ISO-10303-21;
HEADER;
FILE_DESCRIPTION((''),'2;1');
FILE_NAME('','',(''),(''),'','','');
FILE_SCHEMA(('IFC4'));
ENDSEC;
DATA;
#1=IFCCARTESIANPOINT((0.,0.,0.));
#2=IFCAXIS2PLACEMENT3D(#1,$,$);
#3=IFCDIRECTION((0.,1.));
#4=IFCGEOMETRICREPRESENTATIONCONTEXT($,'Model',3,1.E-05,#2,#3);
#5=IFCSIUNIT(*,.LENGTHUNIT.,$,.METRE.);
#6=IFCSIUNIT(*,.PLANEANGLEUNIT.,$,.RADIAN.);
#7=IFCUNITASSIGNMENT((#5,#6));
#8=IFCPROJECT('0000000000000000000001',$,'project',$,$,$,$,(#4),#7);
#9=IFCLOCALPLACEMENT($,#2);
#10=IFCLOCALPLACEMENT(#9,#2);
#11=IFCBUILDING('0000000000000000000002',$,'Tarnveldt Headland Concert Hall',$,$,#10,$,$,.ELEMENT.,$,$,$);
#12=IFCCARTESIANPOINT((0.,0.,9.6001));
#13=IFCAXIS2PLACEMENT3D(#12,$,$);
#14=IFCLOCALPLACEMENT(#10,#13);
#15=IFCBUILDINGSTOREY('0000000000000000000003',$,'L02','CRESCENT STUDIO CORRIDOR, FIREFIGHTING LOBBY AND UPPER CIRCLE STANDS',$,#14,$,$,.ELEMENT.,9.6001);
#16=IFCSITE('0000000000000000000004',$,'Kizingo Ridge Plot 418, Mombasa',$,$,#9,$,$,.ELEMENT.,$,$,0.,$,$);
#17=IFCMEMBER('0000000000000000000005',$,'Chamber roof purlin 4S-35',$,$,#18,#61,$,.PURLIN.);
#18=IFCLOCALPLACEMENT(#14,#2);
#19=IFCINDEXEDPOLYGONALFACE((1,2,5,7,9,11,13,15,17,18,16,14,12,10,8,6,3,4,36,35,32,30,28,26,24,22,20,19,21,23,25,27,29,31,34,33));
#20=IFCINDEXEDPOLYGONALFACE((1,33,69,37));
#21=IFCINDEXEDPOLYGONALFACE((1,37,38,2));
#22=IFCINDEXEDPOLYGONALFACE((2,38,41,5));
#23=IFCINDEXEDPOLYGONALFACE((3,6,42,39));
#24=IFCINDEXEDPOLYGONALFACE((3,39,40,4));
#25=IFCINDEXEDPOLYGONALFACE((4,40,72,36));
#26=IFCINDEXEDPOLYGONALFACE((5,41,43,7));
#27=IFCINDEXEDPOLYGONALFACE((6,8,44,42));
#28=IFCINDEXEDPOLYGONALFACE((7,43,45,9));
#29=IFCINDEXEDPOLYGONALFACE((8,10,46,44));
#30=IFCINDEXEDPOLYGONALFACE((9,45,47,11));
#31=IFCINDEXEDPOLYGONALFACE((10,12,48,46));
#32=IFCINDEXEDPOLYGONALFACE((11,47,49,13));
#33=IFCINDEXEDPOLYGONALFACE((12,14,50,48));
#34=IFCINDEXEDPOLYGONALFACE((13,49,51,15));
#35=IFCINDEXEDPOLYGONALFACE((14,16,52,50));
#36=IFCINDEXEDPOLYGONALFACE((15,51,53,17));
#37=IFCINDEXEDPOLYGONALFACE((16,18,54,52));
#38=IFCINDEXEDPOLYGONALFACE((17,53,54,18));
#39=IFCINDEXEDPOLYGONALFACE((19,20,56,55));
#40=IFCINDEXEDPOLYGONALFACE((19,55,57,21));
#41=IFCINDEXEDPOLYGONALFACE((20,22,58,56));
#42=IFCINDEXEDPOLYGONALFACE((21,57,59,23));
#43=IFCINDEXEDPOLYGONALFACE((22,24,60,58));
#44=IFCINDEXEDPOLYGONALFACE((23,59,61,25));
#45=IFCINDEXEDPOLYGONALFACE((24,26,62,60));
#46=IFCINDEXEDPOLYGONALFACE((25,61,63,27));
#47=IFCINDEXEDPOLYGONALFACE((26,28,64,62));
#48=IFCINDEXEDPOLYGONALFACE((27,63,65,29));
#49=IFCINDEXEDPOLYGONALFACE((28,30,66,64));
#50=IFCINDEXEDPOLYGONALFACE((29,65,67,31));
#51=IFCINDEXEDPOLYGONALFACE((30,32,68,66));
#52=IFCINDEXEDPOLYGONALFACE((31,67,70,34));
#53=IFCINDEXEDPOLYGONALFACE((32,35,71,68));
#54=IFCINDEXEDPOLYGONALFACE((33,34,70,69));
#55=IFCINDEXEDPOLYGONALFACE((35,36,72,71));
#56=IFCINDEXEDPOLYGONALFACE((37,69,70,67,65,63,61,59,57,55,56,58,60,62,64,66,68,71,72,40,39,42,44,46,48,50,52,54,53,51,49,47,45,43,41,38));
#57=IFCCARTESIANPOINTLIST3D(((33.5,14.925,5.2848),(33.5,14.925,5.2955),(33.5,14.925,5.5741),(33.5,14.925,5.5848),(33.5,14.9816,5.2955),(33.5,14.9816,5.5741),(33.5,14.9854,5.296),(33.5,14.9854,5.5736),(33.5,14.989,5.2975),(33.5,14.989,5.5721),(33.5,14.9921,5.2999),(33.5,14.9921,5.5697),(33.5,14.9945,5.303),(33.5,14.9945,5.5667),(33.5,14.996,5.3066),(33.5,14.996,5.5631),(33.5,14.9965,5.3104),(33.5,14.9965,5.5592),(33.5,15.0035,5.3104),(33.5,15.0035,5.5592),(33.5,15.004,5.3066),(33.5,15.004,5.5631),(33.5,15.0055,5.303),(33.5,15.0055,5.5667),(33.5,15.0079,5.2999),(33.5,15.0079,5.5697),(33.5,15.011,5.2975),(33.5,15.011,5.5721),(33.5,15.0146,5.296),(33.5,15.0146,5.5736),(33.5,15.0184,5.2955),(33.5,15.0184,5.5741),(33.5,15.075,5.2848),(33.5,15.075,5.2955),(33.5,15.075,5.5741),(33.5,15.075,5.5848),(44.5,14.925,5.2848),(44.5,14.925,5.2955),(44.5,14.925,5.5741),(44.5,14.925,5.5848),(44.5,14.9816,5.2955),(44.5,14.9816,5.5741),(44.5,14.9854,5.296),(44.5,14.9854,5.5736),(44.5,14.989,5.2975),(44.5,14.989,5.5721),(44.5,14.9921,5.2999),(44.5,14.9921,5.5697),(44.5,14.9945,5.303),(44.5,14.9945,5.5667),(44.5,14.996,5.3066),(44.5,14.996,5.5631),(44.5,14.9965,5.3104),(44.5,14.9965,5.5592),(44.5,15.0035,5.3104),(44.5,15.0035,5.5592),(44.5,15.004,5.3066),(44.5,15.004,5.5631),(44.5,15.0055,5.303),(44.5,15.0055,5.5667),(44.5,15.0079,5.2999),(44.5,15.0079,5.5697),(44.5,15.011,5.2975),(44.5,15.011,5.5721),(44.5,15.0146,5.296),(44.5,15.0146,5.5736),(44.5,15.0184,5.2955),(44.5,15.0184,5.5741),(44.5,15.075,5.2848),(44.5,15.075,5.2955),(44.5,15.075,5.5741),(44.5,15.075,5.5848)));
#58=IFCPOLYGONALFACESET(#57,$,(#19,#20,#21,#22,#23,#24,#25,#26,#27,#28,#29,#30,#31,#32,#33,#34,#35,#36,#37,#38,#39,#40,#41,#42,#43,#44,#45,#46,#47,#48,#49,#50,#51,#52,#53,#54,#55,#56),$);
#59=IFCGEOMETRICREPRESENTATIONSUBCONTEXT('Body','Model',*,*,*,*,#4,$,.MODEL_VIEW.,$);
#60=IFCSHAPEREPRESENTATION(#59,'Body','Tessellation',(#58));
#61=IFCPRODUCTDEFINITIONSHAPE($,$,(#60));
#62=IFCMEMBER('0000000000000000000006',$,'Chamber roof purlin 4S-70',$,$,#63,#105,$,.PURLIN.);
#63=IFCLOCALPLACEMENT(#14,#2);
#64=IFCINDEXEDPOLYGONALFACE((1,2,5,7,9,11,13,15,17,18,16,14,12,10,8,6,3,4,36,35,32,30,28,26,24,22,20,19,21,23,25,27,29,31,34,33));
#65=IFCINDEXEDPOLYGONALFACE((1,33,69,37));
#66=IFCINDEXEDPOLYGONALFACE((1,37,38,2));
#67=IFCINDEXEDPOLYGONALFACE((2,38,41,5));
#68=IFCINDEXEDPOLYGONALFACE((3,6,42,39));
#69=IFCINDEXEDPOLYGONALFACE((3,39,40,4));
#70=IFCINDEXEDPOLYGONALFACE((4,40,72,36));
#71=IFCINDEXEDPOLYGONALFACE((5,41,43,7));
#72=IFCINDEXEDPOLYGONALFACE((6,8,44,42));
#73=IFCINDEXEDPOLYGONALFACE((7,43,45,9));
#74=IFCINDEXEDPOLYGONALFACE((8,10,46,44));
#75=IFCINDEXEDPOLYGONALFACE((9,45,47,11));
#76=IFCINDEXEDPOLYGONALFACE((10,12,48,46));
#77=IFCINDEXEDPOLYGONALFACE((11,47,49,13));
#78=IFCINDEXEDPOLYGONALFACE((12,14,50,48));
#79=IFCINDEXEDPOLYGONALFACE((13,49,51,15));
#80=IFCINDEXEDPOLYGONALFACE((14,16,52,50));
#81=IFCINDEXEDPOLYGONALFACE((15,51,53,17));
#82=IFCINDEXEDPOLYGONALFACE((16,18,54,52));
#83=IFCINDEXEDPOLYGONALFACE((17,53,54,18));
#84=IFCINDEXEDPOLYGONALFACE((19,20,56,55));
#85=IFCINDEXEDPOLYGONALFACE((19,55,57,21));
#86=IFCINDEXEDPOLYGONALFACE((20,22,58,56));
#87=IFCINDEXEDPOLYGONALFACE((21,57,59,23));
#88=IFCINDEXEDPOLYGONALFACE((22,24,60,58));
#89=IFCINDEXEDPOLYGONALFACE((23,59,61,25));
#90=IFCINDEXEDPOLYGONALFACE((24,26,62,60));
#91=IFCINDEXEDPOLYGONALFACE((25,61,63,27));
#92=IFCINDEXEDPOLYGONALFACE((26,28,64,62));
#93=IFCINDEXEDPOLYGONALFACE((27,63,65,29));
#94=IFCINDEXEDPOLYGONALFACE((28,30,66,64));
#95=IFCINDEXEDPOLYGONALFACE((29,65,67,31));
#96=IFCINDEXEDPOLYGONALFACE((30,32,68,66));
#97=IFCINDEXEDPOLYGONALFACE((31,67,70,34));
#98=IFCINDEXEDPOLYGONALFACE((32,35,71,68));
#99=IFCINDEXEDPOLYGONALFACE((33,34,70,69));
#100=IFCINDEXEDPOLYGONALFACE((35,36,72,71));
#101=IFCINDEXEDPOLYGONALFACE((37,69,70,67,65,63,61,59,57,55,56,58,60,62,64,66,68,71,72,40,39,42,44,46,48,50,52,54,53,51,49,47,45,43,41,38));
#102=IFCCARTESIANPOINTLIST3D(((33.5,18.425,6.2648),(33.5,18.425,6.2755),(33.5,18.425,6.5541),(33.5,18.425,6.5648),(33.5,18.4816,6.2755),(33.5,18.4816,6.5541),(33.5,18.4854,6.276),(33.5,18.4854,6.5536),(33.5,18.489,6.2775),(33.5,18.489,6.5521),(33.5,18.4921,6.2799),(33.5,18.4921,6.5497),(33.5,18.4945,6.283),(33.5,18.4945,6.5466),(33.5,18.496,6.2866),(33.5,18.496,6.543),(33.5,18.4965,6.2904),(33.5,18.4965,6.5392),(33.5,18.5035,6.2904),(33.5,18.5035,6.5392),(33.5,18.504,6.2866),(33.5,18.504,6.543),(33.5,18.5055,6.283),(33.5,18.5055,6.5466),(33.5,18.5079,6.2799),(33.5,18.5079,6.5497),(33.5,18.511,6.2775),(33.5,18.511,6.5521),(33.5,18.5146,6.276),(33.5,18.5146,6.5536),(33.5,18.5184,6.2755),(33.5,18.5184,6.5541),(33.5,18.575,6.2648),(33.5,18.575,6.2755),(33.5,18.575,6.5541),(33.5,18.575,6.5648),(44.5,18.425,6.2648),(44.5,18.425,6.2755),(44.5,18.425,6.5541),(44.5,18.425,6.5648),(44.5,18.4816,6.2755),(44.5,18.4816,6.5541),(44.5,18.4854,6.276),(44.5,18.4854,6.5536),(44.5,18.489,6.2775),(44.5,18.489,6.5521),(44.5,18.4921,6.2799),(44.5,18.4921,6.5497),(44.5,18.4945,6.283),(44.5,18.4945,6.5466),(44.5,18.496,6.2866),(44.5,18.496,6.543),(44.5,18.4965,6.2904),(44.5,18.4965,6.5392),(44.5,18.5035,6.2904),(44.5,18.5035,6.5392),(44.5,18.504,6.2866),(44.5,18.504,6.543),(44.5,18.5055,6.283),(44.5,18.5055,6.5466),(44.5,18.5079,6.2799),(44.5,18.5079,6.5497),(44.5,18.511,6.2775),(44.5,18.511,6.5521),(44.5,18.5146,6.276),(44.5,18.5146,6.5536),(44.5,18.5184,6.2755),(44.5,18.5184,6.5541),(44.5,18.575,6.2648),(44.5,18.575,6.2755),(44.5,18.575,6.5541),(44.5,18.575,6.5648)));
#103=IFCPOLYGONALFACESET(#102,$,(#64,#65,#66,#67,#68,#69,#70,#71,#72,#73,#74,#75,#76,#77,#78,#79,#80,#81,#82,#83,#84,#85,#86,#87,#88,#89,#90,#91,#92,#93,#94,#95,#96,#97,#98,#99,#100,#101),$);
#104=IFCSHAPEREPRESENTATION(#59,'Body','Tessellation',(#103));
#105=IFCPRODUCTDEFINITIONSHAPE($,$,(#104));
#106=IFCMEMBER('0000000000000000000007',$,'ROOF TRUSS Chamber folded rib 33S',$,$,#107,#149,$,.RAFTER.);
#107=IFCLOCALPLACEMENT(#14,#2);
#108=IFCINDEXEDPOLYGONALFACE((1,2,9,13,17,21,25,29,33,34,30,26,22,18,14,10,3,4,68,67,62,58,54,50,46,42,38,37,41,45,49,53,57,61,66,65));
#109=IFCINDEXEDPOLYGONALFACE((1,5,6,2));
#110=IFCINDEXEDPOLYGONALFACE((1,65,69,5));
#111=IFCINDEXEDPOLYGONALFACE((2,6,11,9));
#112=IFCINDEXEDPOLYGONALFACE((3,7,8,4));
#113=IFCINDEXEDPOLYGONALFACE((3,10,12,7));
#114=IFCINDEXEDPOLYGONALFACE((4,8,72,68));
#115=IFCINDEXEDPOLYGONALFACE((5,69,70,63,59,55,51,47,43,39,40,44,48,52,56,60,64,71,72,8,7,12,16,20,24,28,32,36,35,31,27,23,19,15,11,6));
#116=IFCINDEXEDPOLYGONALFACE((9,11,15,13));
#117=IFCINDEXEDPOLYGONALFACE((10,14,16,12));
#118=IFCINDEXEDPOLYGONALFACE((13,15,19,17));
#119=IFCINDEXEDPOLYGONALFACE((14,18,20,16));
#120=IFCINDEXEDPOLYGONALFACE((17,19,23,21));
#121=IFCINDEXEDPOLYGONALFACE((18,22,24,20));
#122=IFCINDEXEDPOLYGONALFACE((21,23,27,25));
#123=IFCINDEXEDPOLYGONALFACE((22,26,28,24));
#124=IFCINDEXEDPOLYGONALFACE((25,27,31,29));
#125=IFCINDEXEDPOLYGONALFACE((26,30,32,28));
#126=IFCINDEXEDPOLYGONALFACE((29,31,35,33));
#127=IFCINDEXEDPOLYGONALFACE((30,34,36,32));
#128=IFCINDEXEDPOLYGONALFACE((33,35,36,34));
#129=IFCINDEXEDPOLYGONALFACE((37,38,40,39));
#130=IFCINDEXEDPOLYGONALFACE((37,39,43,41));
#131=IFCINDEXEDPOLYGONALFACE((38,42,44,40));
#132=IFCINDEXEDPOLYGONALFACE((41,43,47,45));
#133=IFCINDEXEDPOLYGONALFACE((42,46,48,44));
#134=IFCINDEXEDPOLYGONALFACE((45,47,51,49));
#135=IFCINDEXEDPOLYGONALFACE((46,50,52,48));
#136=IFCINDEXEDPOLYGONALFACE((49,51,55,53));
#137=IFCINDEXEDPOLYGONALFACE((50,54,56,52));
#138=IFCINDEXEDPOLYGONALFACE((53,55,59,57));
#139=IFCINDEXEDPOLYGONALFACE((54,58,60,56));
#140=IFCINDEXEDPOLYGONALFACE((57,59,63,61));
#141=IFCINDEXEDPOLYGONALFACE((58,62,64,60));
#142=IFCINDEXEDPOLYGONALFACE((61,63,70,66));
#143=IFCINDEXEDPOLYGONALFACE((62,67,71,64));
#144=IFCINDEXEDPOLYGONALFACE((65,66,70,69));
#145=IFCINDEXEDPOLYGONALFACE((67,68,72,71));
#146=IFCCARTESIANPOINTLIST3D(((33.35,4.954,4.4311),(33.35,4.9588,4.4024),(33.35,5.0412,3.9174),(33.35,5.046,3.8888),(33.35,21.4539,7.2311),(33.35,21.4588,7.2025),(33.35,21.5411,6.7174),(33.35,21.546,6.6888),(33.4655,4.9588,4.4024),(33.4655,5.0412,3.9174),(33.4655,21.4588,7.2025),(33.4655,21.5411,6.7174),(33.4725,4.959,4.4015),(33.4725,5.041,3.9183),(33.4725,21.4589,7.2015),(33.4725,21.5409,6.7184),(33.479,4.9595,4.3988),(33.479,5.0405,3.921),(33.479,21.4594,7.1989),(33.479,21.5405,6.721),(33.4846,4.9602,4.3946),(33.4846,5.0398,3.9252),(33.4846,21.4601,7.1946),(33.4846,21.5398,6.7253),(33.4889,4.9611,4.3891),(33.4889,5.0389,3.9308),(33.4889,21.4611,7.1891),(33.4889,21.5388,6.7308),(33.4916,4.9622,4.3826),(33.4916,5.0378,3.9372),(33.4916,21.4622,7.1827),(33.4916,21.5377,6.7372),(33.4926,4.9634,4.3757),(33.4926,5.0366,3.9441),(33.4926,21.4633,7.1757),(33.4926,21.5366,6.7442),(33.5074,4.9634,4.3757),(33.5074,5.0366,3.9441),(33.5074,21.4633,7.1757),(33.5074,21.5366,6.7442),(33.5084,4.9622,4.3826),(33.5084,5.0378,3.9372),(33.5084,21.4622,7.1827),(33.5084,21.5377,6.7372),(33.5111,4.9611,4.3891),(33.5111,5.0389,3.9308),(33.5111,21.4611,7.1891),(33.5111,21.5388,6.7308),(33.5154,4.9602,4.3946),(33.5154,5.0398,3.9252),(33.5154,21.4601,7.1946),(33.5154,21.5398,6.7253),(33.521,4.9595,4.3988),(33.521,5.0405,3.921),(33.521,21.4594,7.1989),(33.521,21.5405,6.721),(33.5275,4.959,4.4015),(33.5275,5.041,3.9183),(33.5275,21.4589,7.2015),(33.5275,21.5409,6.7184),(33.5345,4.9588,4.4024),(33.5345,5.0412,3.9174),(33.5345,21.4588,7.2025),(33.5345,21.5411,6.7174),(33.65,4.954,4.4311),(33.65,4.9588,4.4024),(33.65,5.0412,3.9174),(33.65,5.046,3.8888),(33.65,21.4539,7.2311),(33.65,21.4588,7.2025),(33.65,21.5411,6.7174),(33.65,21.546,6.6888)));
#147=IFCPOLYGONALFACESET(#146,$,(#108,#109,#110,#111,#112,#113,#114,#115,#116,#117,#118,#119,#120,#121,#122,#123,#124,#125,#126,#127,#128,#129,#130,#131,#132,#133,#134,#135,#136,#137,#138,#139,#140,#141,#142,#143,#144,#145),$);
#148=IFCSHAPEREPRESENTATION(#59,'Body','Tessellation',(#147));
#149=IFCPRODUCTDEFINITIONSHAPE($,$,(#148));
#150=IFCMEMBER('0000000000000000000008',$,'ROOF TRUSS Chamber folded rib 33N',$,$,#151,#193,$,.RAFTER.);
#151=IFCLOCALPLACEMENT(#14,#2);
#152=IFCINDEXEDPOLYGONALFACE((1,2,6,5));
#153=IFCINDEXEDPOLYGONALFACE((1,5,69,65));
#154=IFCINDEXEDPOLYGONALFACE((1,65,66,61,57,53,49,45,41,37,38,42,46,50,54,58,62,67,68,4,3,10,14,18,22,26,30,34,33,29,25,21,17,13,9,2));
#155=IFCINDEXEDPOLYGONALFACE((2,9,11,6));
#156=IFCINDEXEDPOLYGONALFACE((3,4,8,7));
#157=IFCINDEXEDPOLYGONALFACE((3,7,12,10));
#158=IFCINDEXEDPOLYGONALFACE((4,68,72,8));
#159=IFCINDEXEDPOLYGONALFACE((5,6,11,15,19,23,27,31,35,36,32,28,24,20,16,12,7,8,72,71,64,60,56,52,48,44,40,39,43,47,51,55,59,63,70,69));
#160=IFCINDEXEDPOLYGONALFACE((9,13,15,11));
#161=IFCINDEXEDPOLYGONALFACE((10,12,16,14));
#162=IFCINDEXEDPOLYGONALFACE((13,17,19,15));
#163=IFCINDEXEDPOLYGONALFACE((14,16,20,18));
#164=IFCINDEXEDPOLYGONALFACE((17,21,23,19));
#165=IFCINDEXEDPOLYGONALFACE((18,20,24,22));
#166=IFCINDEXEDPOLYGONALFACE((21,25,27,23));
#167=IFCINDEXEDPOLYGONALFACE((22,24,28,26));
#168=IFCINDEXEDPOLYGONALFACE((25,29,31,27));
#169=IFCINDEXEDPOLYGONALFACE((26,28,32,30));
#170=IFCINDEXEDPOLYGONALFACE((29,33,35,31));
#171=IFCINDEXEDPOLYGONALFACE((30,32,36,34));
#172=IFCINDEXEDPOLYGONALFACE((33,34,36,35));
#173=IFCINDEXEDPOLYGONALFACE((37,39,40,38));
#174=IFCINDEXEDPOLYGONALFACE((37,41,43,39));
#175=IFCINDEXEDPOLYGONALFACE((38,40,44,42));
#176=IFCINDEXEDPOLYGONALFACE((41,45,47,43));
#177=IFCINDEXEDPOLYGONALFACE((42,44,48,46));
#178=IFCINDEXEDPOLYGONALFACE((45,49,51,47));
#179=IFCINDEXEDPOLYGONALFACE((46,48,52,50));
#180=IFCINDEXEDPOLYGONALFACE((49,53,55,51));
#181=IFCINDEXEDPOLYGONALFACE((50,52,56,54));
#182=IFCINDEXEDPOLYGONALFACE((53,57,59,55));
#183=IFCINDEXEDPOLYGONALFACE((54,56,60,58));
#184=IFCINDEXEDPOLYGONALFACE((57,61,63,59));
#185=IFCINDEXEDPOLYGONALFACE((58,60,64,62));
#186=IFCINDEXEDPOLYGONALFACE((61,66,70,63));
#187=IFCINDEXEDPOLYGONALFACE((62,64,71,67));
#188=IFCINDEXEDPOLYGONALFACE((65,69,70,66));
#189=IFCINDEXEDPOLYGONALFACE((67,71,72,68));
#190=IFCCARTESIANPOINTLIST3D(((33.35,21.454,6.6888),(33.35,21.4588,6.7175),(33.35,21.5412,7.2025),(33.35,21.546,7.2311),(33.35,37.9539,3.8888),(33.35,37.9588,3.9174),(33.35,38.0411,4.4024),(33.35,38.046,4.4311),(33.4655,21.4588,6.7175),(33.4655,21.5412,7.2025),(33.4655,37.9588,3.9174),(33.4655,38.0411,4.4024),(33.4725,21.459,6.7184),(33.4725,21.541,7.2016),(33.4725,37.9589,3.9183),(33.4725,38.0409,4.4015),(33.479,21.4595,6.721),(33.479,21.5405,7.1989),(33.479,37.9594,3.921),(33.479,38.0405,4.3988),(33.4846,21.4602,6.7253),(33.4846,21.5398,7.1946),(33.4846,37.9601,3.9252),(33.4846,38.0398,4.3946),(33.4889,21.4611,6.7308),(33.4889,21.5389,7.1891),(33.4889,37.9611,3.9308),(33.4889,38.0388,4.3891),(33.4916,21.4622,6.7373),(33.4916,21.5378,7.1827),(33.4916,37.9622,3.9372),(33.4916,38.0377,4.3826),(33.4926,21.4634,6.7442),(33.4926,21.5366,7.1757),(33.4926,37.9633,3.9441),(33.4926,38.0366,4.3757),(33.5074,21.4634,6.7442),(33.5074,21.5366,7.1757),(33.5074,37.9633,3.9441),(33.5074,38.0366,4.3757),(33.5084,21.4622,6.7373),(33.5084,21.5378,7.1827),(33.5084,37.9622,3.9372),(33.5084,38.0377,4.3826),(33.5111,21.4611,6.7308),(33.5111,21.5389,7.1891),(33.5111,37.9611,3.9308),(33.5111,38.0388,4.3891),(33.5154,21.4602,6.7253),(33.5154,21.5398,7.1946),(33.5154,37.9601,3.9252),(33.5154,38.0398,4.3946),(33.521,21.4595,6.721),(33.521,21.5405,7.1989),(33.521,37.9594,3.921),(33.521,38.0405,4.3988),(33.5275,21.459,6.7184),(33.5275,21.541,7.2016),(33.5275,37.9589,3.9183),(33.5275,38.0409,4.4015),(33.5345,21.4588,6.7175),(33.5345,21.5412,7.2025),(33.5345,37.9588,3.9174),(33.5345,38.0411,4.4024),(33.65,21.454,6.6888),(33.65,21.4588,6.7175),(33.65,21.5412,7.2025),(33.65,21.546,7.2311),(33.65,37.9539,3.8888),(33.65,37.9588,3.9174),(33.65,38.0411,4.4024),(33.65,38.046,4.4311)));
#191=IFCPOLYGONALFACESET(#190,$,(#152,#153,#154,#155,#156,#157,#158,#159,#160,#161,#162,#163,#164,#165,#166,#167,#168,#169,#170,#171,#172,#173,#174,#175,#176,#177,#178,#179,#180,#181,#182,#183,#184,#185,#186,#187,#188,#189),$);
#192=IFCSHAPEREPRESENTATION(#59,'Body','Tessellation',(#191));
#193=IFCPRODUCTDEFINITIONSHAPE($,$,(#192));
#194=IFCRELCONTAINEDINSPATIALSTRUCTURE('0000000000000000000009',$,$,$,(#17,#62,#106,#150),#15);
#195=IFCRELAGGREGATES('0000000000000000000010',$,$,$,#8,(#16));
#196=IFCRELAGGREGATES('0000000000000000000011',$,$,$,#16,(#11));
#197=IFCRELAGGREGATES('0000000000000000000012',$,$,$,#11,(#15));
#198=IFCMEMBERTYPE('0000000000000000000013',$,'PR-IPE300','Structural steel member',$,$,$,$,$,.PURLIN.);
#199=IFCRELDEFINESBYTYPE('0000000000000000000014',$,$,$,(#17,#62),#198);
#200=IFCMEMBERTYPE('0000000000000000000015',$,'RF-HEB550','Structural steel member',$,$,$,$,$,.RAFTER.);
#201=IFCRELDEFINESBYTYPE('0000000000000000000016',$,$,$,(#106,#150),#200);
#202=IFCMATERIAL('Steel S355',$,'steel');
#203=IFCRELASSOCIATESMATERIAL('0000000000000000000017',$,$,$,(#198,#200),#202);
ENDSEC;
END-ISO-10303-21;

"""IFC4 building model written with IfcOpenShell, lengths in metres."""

from ifc_helpers import new_model, si_unit, direction, frame, origin, origin_2d, place, context, subcontext, project, spatial, i_section, extrude, material, material_profile, profile_set, type_object, element, save


model = new_model("IFC4")

# Units and contexts
model_context = context("Model", 3, precision=1e-05, world=origin(), true_north=direction((0.0, 1.0)))
body_context = subcontext(model_context, "Body", "Model", "MODEL_VIEW")
ifc_project = project(units=[si_unit("LENGTHUNIT", "METRE"), si_unit("PLANEANGLEUNIT", "RADIAN")], contexts=[model_context])

# Site, building, storey
site_placement = place(None, origin())
site = spatial("IfcSite", under=ifc_project, at=site_placement, Name="Kizingo Ridge Plot 418, Mombasa", CompositionType="ELEMENT", RefElevation=0.0)
building_placement = place(site_placement, origin())
building = spatial("IfcBuilding", under=site, at=building_placement, Name="Tarnveldt Headland Concert Hall", CompositionType="ELEMENT")
storey_placement = place(building_placement, frame((0.0, 0.0, 9.6001)))
storey = spatial("IfcBuildingStorey", under=building, at=storey_placement, Name="L02", Description="CRESCENT STUDIO CORRIDOR, FIREFIGHTING LOBBY AND UPPER CIRCLE STANDS", CompositionType="ELEMENT", Elevation=9.6001)

# Shared definitions
ifc_material_1 = material(Name="Steel S355", Category="steel")

# Members
ifc_material_profile_1 = material_profile(ifc_material_1, i_section(OverallWidth=0.1499, OverallDepth=0.3, WebThickness=0.0071, FlangeThickness=0.0107, FilletRadius=0.0149, at=origin_2d()), Name="IPE300", Category="steel")
ifc_profile_set_1 = profile_set([ifc_material_profile_1], Name="Steel S355")
member_type_1 = type_object("IfcMemberType", Name="PR-IPE300", Description="Structural steel member", PredefinedType="PURLIN", material=ifc_profile_set_1)
for number, where, z_axis, x_axis, name in (
    (1, (33.5, 15.0, 5.4348), (1.0, 0.0, 0.0), (0.0, 1.0, 0.0), "Chamber roof purlin 4S-35"),
    (2, (33.5, 18.5, 6.4148), (1.0, 0.0, 0.0), (0.0, 1.0, 0.0), "Chamber roof purlin 4S-70"),
):
    element("IfcMember", number, at=place(storey_placement, frame(where, z_axis=z_axis, x_axis=x_axis)), inside=storey, type_object=member_type_1, Name=name, PredefinedType="PURLIN", context=body_context, shape_type="SweptSolid", body=[
        extrude(i_section(OverallWidth=0.1499, OverallDepth=0.3, WebThickness=0.0071, FlangeThickness=0.0107, FilletRadius=0.0149, at=origin_2d()), origin(), (0.0, 0.0, 1.0), 11.0),
    ])
ifc_material_profile_2 = material_profile(ifc_material_1, i_section(OverallWidth=0.3, OverallDepth=0.55, WebThickness=0.0149, FlangeThickness=0.0291, FilletRadius=0.0271, at=origin_2d()), Name="HEB550", Category="steel")
ifc_profile_set_2 = profile_set([ifc_material_profile_2], Name="Steel S355")
member_type_2 = type_object("IfcMemberType", Name="RF-HEB550", Description="Structural steel member", PredefinedType="RAFTER", material=ifc_profile_set_2)
for number, where, z_axis, x_axis, name in (
    (3, (33.5, 5.0, 4.1599), (0.0, 0.985905, 0.167308), (-1.0, 0.0, 0.0), "ROOF TRUSS Chamber folded rib 33S"),
    (4, (33.5, 21.5, 6.96), (0.0, 0.985905, -0.167308), (-1.0, 0.0, 0.0), "ROOF TRUSS Chamber folded rib 33N"),
):
    element("IfcMember", number, at=place(storey_placement, frame(where, z_axis=z_axis, x_axis=x_axis)), inside=storey, type_object=member_type_2, Name=name, PredefinedType="RAFTER", context=body_context, shape_type="SweptSolid", body=[
        extrude(i_section(OverallWidth=0.3, OverallDepth=0.55, WebThickness=0.0149, FlangeThickness=0.0291, FilletRadius=0.0271, at=origin_2d()), origin(), (0.0, 0.0, 1.0), 16.7358),
    ])

save(model, "model.ifc")
